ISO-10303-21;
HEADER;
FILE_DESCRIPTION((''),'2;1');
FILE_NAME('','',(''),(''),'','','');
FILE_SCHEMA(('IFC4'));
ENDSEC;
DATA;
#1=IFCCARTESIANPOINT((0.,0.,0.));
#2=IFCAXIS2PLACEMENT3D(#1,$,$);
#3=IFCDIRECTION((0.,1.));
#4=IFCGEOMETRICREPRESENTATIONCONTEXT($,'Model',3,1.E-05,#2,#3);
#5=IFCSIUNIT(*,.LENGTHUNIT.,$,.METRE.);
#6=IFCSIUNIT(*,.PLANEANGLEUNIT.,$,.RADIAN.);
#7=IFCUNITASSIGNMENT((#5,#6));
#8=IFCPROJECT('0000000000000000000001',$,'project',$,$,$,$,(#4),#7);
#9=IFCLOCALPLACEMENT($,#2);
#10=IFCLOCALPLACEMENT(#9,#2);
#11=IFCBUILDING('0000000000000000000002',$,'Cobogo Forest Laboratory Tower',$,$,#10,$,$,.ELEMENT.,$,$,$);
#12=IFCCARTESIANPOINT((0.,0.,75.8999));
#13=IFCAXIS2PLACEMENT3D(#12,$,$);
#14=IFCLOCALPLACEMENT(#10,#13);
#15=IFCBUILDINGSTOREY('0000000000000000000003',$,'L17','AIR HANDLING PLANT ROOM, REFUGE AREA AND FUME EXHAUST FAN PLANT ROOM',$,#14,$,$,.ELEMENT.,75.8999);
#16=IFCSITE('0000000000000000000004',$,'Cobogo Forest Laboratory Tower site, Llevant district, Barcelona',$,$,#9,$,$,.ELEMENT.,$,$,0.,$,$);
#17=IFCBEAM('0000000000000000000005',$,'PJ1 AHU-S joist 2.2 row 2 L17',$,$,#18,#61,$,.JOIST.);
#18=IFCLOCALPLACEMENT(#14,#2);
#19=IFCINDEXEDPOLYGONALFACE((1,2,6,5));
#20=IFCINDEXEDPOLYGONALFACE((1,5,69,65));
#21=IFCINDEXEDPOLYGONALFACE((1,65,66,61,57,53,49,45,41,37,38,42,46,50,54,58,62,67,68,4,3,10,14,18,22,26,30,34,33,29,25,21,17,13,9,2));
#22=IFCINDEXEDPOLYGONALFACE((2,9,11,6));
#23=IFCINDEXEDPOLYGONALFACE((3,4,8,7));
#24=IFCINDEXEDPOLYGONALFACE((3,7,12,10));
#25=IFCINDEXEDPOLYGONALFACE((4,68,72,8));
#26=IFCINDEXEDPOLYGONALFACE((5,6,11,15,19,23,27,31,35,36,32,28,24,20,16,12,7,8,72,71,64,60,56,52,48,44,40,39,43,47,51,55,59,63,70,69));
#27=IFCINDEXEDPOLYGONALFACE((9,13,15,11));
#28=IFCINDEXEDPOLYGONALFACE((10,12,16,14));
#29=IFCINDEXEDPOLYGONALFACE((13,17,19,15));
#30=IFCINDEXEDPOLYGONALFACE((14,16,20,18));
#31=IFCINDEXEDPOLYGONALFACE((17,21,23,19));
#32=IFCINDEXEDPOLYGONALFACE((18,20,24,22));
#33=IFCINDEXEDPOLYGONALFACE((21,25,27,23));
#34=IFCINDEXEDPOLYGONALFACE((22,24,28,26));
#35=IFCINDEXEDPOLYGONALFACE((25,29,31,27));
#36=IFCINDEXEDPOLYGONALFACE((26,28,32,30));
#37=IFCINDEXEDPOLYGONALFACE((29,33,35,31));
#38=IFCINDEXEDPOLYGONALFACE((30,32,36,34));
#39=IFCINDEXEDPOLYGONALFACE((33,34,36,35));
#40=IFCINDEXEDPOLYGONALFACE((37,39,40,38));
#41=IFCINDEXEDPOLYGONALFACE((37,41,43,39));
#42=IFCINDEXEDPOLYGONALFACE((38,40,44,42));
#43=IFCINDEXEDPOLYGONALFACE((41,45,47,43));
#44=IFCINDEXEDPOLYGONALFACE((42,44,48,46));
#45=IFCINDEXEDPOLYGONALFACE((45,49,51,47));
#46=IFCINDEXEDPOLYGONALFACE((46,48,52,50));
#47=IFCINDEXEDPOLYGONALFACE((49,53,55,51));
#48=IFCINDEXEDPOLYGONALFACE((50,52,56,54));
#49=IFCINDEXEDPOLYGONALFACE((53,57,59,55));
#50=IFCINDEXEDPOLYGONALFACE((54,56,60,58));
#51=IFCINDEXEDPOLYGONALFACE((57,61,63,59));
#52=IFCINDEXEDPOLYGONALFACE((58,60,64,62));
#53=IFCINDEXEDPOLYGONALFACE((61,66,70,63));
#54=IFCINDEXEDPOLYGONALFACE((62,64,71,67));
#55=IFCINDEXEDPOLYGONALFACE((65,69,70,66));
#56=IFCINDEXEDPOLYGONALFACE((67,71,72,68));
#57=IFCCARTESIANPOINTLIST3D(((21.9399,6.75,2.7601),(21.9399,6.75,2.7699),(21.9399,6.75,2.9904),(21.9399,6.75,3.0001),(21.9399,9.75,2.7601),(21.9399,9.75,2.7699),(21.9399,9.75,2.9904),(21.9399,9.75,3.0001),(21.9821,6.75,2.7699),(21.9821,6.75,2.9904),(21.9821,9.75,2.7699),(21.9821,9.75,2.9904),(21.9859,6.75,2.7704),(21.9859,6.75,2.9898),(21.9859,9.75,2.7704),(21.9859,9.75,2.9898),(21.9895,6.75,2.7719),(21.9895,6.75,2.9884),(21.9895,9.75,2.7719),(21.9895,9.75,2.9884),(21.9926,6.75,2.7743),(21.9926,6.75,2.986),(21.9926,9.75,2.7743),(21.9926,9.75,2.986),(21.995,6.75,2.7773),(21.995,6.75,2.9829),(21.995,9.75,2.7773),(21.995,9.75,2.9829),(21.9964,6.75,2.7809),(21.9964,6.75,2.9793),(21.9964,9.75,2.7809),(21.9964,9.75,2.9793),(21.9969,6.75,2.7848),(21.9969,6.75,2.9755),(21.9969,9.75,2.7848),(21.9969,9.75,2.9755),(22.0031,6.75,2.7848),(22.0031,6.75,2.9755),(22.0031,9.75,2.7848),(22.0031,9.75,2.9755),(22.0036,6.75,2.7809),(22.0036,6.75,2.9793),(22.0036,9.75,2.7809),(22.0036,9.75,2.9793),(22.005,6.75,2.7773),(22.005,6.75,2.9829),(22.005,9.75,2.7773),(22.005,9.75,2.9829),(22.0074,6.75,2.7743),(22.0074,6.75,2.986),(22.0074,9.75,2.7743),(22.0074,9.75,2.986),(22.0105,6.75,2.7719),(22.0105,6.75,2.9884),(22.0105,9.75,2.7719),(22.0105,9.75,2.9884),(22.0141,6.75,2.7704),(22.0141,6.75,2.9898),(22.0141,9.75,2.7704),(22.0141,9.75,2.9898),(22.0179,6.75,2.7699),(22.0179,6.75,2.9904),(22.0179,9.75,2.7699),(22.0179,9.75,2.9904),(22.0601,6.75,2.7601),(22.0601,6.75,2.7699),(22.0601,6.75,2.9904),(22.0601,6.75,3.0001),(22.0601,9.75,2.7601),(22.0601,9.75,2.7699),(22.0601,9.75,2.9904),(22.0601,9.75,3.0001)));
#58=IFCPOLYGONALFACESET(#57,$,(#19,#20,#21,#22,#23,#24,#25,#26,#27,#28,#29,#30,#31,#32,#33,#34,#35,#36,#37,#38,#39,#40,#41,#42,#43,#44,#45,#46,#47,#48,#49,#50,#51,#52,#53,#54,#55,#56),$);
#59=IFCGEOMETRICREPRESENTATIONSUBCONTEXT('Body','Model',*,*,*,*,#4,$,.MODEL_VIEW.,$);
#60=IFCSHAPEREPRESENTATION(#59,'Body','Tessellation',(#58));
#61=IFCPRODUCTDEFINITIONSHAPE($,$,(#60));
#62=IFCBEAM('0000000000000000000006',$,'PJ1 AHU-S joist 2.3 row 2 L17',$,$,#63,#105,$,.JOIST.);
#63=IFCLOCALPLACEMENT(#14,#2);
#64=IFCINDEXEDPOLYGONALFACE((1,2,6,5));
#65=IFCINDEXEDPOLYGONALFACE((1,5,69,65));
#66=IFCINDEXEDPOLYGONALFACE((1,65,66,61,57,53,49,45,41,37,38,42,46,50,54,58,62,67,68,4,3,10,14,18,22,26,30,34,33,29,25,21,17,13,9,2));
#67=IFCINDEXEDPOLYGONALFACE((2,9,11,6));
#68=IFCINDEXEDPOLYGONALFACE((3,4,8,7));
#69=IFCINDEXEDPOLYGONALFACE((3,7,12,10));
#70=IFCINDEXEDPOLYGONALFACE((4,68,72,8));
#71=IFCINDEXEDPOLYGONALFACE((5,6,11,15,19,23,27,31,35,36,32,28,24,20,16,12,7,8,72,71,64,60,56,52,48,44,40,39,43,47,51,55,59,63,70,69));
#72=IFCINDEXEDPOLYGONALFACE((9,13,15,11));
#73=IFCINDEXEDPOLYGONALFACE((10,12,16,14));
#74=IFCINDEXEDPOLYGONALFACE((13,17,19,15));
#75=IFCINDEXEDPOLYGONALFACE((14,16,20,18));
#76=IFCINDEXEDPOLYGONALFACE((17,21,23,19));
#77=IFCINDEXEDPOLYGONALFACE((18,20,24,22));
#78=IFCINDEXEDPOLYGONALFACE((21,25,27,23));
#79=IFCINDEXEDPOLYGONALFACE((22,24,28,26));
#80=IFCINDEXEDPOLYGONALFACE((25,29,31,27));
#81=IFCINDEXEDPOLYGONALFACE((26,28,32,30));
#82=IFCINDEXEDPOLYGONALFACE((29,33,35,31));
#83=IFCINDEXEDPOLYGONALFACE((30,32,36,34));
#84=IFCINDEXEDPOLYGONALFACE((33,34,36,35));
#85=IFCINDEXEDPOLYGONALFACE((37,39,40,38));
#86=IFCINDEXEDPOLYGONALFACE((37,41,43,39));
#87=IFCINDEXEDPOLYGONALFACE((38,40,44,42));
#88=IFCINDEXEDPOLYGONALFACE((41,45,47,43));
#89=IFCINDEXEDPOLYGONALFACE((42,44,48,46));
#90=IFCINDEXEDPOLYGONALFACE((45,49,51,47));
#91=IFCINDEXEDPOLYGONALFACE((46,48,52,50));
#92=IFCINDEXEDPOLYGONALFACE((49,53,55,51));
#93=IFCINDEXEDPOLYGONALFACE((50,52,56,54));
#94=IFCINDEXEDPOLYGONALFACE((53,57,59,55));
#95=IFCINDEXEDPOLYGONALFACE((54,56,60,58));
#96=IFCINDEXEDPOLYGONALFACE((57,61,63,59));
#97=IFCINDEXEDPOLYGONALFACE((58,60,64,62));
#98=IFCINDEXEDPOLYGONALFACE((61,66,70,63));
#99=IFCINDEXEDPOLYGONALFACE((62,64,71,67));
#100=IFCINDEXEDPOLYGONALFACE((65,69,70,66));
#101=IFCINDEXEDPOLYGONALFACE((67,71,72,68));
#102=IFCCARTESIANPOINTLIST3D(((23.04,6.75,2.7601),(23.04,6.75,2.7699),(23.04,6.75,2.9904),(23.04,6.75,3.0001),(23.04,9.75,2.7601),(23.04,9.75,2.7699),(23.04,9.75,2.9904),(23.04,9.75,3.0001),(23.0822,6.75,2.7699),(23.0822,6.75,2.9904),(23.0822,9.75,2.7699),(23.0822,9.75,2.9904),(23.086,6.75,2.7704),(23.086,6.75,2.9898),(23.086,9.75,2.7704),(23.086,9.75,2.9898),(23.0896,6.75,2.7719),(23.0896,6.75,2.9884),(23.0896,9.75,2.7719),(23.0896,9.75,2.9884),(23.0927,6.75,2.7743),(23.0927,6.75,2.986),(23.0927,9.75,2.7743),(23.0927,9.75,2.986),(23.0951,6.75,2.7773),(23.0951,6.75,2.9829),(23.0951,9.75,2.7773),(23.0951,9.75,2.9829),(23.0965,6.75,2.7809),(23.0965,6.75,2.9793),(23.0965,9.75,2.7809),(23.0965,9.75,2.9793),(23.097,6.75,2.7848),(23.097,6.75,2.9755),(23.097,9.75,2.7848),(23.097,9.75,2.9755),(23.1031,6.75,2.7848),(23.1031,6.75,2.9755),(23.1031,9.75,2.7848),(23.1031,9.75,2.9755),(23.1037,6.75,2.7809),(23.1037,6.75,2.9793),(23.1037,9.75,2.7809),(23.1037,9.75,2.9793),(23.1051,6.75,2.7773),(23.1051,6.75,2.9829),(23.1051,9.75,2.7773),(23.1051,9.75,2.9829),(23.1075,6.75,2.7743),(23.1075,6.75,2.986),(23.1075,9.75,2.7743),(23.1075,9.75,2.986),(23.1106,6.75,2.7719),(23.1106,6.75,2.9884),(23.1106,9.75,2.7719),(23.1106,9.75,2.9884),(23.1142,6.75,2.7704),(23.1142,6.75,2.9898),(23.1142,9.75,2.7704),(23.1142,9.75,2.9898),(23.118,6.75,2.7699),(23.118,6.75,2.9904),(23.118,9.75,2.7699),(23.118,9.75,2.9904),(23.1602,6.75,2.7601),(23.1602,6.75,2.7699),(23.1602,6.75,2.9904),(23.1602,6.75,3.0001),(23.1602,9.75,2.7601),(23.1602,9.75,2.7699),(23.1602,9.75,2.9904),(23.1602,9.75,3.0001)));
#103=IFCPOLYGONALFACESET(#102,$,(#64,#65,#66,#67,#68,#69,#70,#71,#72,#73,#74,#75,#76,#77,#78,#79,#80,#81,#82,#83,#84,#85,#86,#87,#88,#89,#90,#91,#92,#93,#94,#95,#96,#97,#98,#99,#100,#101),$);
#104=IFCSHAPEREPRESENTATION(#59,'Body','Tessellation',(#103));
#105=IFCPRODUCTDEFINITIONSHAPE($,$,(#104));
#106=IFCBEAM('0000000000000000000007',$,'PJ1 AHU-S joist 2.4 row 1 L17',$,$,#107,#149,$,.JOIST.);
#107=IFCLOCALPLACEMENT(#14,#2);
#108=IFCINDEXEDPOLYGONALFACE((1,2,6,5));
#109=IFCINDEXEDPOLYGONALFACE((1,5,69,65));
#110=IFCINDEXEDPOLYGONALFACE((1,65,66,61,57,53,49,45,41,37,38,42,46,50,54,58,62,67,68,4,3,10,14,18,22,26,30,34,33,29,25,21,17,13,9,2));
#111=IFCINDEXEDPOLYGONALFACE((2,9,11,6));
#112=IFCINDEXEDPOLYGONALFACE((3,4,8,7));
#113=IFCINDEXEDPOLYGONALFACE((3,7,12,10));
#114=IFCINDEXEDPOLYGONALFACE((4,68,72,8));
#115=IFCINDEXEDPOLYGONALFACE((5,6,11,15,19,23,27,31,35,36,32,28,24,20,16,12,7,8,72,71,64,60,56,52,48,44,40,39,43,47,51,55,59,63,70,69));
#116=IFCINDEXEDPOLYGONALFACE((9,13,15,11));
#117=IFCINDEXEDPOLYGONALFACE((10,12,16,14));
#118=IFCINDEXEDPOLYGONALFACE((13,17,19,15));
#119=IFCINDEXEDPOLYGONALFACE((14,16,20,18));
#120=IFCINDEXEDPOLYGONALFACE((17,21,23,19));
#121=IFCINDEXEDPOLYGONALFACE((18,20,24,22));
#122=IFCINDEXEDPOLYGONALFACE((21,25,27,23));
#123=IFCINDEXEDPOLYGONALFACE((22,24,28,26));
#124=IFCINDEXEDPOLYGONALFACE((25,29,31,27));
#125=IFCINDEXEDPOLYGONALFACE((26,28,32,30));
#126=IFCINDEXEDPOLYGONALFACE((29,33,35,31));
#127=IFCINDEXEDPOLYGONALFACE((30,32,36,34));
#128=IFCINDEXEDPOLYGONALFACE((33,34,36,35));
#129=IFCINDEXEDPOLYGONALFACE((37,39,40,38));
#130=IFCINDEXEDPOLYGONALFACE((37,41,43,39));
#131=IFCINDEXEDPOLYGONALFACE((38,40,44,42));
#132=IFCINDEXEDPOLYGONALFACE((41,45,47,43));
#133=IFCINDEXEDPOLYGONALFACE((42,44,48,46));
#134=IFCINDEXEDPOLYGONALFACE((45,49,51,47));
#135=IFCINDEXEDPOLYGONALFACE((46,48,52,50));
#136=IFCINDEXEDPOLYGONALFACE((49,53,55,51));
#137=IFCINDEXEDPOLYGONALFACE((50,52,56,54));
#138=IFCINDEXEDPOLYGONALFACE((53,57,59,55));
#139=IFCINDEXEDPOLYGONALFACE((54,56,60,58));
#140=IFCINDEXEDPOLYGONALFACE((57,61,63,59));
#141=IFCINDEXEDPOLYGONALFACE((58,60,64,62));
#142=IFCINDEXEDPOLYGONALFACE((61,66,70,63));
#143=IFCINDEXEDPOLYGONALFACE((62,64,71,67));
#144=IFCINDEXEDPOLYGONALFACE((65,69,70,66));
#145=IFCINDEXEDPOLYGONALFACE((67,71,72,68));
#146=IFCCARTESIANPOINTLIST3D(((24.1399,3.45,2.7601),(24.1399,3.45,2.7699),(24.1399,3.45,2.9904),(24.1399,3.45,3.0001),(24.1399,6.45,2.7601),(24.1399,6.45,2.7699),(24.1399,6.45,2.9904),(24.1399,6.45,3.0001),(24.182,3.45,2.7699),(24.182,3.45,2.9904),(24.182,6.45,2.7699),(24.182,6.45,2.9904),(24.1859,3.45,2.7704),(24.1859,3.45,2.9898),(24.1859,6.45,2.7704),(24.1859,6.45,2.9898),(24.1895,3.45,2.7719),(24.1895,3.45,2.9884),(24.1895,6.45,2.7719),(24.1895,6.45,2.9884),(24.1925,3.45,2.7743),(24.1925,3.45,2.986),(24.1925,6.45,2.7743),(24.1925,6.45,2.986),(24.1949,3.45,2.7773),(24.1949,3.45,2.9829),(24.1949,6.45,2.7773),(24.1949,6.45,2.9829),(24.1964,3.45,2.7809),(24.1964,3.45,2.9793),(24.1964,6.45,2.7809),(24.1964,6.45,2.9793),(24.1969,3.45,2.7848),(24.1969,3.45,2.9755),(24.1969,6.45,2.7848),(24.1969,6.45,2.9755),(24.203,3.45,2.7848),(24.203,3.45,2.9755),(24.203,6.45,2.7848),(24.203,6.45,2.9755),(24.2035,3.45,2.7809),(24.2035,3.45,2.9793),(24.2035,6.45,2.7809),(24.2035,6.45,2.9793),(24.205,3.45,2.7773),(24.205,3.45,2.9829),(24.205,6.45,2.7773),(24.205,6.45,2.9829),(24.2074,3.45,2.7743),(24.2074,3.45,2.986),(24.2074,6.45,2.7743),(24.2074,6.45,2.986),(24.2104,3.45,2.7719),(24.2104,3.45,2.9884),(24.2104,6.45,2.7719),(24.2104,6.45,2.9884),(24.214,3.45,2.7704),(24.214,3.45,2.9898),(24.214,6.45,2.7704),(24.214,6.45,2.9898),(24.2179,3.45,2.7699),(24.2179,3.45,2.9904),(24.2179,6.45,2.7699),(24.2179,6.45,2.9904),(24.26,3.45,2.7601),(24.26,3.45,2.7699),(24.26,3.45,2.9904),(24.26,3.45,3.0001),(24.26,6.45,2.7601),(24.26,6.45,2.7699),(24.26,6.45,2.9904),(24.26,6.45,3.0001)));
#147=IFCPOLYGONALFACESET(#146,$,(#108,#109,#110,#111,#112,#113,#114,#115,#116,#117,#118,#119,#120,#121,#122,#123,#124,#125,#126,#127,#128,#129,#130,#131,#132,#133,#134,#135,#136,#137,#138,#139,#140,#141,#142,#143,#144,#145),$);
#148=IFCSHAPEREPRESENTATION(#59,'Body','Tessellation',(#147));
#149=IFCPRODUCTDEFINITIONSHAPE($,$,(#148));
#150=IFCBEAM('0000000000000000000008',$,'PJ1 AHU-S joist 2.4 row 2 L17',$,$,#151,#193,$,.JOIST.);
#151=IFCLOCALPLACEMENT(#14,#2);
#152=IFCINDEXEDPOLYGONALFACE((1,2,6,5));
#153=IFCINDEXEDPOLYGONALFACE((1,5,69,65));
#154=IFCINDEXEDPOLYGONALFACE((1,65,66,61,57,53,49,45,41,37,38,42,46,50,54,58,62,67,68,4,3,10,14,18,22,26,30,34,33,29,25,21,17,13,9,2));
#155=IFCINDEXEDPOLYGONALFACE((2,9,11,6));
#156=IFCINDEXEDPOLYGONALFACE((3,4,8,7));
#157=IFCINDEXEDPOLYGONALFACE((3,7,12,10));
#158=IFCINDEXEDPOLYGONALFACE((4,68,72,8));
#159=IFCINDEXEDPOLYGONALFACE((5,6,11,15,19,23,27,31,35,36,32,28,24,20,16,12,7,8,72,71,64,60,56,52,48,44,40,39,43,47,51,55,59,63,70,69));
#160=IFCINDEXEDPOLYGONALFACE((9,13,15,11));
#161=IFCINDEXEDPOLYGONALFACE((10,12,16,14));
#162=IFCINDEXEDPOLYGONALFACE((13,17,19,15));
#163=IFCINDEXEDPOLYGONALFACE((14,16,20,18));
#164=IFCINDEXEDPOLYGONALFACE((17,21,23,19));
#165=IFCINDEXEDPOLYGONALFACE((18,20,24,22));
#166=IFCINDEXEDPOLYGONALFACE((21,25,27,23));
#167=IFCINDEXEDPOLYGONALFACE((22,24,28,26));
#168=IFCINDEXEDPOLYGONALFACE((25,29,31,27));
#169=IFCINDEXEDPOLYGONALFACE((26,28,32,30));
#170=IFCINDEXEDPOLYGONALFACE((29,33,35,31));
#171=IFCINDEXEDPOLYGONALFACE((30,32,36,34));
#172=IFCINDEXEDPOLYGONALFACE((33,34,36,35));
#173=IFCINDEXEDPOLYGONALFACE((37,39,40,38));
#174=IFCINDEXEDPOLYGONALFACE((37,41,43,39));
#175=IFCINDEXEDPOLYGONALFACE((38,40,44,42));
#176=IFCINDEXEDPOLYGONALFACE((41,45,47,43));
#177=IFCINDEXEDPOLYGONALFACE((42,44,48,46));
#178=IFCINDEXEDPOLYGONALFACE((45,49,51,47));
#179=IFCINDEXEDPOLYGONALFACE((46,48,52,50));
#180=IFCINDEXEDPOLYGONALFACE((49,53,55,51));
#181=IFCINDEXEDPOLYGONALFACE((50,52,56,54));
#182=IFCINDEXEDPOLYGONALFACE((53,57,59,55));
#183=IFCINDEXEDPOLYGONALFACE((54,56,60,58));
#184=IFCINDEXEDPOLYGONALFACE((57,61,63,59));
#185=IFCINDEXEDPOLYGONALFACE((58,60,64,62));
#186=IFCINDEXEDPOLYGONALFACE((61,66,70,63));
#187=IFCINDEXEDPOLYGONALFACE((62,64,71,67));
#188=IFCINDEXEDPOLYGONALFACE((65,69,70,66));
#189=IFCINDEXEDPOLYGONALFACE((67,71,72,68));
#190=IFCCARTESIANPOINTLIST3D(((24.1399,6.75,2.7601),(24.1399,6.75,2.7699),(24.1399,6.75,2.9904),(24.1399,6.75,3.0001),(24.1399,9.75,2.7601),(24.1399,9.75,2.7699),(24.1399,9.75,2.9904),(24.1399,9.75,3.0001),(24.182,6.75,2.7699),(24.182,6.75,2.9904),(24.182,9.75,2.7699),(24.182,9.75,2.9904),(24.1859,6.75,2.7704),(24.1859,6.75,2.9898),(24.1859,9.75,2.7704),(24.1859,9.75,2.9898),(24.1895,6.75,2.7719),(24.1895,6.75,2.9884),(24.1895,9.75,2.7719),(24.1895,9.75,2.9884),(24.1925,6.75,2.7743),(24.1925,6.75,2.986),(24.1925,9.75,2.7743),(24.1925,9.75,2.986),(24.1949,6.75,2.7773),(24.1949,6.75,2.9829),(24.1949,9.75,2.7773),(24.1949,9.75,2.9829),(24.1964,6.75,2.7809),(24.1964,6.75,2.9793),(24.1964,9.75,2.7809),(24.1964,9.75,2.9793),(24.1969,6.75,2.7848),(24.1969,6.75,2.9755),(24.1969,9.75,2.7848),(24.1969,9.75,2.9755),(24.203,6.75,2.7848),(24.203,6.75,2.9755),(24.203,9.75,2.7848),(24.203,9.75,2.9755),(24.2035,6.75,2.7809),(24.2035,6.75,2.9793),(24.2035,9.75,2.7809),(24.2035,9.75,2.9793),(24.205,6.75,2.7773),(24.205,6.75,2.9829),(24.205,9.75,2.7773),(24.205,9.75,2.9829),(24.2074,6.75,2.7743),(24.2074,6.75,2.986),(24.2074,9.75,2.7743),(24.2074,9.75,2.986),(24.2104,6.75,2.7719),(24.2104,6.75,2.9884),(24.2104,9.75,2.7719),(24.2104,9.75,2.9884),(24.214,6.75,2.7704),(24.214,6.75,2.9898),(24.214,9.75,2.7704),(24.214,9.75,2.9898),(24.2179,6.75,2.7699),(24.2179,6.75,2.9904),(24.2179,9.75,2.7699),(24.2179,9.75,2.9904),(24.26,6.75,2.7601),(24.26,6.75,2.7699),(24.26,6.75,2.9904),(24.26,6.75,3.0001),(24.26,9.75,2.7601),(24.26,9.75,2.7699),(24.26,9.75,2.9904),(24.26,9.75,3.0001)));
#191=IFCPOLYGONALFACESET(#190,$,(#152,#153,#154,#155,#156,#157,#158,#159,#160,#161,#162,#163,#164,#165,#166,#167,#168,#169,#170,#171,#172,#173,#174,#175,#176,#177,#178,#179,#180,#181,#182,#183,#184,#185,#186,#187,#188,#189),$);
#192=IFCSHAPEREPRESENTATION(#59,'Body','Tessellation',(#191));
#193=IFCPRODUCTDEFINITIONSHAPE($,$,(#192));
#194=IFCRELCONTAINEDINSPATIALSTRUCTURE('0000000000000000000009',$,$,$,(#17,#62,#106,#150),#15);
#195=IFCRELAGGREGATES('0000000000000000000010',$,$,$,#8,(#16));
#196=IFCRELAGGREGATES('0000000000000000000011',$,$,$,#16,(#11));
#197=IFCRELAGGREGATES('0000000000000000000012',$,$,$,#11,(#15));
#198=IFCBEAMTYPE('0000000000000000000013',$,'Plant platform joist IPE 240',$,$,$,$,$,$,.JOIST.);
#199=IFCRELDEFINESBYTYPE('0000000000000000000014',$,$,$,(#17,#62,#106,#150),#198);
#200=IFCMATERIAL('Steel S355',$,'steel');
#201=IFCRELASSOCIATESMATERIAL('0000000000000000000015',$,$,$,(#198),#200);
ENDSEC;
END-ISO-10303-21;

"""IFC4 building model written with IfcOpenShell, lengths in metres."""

from ifc_helpers import new_model, si_unit, direction, frame, origin, origin_2d, place, context, subcontext, project, spatial, i_section, extrude, material, material_profile, profile_set, type_object, element, save


model = new_model("IFC4")

# Units and contexts
model_context = context("Model", 3, precision=1e-05, world=origin(), true_north=direction((0.0, 1.0)))
body_context = subcontext(model_context, "Body", "Model", "MODEL_VIEW")
ifc_project = project(units=[si_unit("LENGTHUNIT", "METRE"), si_unit("PLANEANGLEUNIT", "RADIAN")], contexts=[model_context])

# Site, building, storey
site_placement = place(None, origin())
site = spatial("IfcSite", under=ifc_project, at=site_placement, Name="Cobogo Forest Laboratory Tower site, Llevant district, Barcelona", CompositionType="ELEMENT", RefElevation=0.0)
building_placement = place(site_placement, origin())
building = spatial("IfcBuilding", under=site, at=building_placement, Name="Cobogo Forest Laboratory Tower", CompositionType="ELEMENT")
storey_placement = place(building_placement, frame((0.0, 0.0, 75.8999)))
storey = spatial("IfcBuildingStorey", under=building, at=storey_placement, Name="L17", Description="AIR HANDLING PLANT ROOM, REFUGE AREA AND FUME EXHAUST FAN PLANT ROOM", CompositionType="ELEMENT", Elevation=75.8999)

# Beams
ifc_material_1 = material(Name="Steel S355", Category="steel")
ifc_material_profile_1 = material_profile(ifc_material_1, i_section(OverallWidth=0.1201, OverallDepth=0.24, WebThickness=0.0061, FlangeThickness=0.0098, FilletRadius=0.0149, at=origin_2d()), Name="IPE 240")
ifc_profile_set_1 = profile_set([ifc_material_profile_1], Name="Steel S355")
beam_type_1 = type_object("IfcBeamType", Name="Plant platform joist IPE 240", PredefinedType="JOIST", material=ifc_profile_set_1)
for number, where, z_axis, x_axis, name in (
    (1, (22.0, 6.75, 2.8801), (0.0, 1.0, 0.0), (-1.0, 0.0, 0.0), "PJ1 AHU-S joist 2.2 row 2 L17"),
    (2, (23.1001, 6.75, 2.8801), (0.0, 1.0, 0.0), (-1.0, 0.0, 0.0), "PJ1 AHU-S joist 2.3 row 2 L17"),
    (3, (24.2, 3.45, 2.8801), (0.0, 1.0, 0.0), (-1.0, 0.0, 0.0), "PJ1 AHU-S joist 2.4 row 1 L17"),
    (4, (24.2, 6.75, 2.8801), (0.0, 1.0, 0.0), (-1.0, 0.0, 0.0), "PJ1 AHU-S joist 2.4 row 2 L17"),
):
    element("IfcBeam", number, at=place(storey_placement, frame(where, z_axis=z_axis, x_axis=x_axis)), inside=storey, type_object=beam_type_1, Name=name, PredefinedType="JOIST", context=body_context, shape_type="SweptSolid", body=[
        extrude(i_section(OverallWidth=0.1201, OverallDepth=0.24, WebThickness=0.0061, FlangeThickness=0.0098, FilletRadius=0.0149, at=origin_2d()), origin(), (0.0, 0.0, 1.0), 3.0),
    ])

save(model, "model.ifc")
